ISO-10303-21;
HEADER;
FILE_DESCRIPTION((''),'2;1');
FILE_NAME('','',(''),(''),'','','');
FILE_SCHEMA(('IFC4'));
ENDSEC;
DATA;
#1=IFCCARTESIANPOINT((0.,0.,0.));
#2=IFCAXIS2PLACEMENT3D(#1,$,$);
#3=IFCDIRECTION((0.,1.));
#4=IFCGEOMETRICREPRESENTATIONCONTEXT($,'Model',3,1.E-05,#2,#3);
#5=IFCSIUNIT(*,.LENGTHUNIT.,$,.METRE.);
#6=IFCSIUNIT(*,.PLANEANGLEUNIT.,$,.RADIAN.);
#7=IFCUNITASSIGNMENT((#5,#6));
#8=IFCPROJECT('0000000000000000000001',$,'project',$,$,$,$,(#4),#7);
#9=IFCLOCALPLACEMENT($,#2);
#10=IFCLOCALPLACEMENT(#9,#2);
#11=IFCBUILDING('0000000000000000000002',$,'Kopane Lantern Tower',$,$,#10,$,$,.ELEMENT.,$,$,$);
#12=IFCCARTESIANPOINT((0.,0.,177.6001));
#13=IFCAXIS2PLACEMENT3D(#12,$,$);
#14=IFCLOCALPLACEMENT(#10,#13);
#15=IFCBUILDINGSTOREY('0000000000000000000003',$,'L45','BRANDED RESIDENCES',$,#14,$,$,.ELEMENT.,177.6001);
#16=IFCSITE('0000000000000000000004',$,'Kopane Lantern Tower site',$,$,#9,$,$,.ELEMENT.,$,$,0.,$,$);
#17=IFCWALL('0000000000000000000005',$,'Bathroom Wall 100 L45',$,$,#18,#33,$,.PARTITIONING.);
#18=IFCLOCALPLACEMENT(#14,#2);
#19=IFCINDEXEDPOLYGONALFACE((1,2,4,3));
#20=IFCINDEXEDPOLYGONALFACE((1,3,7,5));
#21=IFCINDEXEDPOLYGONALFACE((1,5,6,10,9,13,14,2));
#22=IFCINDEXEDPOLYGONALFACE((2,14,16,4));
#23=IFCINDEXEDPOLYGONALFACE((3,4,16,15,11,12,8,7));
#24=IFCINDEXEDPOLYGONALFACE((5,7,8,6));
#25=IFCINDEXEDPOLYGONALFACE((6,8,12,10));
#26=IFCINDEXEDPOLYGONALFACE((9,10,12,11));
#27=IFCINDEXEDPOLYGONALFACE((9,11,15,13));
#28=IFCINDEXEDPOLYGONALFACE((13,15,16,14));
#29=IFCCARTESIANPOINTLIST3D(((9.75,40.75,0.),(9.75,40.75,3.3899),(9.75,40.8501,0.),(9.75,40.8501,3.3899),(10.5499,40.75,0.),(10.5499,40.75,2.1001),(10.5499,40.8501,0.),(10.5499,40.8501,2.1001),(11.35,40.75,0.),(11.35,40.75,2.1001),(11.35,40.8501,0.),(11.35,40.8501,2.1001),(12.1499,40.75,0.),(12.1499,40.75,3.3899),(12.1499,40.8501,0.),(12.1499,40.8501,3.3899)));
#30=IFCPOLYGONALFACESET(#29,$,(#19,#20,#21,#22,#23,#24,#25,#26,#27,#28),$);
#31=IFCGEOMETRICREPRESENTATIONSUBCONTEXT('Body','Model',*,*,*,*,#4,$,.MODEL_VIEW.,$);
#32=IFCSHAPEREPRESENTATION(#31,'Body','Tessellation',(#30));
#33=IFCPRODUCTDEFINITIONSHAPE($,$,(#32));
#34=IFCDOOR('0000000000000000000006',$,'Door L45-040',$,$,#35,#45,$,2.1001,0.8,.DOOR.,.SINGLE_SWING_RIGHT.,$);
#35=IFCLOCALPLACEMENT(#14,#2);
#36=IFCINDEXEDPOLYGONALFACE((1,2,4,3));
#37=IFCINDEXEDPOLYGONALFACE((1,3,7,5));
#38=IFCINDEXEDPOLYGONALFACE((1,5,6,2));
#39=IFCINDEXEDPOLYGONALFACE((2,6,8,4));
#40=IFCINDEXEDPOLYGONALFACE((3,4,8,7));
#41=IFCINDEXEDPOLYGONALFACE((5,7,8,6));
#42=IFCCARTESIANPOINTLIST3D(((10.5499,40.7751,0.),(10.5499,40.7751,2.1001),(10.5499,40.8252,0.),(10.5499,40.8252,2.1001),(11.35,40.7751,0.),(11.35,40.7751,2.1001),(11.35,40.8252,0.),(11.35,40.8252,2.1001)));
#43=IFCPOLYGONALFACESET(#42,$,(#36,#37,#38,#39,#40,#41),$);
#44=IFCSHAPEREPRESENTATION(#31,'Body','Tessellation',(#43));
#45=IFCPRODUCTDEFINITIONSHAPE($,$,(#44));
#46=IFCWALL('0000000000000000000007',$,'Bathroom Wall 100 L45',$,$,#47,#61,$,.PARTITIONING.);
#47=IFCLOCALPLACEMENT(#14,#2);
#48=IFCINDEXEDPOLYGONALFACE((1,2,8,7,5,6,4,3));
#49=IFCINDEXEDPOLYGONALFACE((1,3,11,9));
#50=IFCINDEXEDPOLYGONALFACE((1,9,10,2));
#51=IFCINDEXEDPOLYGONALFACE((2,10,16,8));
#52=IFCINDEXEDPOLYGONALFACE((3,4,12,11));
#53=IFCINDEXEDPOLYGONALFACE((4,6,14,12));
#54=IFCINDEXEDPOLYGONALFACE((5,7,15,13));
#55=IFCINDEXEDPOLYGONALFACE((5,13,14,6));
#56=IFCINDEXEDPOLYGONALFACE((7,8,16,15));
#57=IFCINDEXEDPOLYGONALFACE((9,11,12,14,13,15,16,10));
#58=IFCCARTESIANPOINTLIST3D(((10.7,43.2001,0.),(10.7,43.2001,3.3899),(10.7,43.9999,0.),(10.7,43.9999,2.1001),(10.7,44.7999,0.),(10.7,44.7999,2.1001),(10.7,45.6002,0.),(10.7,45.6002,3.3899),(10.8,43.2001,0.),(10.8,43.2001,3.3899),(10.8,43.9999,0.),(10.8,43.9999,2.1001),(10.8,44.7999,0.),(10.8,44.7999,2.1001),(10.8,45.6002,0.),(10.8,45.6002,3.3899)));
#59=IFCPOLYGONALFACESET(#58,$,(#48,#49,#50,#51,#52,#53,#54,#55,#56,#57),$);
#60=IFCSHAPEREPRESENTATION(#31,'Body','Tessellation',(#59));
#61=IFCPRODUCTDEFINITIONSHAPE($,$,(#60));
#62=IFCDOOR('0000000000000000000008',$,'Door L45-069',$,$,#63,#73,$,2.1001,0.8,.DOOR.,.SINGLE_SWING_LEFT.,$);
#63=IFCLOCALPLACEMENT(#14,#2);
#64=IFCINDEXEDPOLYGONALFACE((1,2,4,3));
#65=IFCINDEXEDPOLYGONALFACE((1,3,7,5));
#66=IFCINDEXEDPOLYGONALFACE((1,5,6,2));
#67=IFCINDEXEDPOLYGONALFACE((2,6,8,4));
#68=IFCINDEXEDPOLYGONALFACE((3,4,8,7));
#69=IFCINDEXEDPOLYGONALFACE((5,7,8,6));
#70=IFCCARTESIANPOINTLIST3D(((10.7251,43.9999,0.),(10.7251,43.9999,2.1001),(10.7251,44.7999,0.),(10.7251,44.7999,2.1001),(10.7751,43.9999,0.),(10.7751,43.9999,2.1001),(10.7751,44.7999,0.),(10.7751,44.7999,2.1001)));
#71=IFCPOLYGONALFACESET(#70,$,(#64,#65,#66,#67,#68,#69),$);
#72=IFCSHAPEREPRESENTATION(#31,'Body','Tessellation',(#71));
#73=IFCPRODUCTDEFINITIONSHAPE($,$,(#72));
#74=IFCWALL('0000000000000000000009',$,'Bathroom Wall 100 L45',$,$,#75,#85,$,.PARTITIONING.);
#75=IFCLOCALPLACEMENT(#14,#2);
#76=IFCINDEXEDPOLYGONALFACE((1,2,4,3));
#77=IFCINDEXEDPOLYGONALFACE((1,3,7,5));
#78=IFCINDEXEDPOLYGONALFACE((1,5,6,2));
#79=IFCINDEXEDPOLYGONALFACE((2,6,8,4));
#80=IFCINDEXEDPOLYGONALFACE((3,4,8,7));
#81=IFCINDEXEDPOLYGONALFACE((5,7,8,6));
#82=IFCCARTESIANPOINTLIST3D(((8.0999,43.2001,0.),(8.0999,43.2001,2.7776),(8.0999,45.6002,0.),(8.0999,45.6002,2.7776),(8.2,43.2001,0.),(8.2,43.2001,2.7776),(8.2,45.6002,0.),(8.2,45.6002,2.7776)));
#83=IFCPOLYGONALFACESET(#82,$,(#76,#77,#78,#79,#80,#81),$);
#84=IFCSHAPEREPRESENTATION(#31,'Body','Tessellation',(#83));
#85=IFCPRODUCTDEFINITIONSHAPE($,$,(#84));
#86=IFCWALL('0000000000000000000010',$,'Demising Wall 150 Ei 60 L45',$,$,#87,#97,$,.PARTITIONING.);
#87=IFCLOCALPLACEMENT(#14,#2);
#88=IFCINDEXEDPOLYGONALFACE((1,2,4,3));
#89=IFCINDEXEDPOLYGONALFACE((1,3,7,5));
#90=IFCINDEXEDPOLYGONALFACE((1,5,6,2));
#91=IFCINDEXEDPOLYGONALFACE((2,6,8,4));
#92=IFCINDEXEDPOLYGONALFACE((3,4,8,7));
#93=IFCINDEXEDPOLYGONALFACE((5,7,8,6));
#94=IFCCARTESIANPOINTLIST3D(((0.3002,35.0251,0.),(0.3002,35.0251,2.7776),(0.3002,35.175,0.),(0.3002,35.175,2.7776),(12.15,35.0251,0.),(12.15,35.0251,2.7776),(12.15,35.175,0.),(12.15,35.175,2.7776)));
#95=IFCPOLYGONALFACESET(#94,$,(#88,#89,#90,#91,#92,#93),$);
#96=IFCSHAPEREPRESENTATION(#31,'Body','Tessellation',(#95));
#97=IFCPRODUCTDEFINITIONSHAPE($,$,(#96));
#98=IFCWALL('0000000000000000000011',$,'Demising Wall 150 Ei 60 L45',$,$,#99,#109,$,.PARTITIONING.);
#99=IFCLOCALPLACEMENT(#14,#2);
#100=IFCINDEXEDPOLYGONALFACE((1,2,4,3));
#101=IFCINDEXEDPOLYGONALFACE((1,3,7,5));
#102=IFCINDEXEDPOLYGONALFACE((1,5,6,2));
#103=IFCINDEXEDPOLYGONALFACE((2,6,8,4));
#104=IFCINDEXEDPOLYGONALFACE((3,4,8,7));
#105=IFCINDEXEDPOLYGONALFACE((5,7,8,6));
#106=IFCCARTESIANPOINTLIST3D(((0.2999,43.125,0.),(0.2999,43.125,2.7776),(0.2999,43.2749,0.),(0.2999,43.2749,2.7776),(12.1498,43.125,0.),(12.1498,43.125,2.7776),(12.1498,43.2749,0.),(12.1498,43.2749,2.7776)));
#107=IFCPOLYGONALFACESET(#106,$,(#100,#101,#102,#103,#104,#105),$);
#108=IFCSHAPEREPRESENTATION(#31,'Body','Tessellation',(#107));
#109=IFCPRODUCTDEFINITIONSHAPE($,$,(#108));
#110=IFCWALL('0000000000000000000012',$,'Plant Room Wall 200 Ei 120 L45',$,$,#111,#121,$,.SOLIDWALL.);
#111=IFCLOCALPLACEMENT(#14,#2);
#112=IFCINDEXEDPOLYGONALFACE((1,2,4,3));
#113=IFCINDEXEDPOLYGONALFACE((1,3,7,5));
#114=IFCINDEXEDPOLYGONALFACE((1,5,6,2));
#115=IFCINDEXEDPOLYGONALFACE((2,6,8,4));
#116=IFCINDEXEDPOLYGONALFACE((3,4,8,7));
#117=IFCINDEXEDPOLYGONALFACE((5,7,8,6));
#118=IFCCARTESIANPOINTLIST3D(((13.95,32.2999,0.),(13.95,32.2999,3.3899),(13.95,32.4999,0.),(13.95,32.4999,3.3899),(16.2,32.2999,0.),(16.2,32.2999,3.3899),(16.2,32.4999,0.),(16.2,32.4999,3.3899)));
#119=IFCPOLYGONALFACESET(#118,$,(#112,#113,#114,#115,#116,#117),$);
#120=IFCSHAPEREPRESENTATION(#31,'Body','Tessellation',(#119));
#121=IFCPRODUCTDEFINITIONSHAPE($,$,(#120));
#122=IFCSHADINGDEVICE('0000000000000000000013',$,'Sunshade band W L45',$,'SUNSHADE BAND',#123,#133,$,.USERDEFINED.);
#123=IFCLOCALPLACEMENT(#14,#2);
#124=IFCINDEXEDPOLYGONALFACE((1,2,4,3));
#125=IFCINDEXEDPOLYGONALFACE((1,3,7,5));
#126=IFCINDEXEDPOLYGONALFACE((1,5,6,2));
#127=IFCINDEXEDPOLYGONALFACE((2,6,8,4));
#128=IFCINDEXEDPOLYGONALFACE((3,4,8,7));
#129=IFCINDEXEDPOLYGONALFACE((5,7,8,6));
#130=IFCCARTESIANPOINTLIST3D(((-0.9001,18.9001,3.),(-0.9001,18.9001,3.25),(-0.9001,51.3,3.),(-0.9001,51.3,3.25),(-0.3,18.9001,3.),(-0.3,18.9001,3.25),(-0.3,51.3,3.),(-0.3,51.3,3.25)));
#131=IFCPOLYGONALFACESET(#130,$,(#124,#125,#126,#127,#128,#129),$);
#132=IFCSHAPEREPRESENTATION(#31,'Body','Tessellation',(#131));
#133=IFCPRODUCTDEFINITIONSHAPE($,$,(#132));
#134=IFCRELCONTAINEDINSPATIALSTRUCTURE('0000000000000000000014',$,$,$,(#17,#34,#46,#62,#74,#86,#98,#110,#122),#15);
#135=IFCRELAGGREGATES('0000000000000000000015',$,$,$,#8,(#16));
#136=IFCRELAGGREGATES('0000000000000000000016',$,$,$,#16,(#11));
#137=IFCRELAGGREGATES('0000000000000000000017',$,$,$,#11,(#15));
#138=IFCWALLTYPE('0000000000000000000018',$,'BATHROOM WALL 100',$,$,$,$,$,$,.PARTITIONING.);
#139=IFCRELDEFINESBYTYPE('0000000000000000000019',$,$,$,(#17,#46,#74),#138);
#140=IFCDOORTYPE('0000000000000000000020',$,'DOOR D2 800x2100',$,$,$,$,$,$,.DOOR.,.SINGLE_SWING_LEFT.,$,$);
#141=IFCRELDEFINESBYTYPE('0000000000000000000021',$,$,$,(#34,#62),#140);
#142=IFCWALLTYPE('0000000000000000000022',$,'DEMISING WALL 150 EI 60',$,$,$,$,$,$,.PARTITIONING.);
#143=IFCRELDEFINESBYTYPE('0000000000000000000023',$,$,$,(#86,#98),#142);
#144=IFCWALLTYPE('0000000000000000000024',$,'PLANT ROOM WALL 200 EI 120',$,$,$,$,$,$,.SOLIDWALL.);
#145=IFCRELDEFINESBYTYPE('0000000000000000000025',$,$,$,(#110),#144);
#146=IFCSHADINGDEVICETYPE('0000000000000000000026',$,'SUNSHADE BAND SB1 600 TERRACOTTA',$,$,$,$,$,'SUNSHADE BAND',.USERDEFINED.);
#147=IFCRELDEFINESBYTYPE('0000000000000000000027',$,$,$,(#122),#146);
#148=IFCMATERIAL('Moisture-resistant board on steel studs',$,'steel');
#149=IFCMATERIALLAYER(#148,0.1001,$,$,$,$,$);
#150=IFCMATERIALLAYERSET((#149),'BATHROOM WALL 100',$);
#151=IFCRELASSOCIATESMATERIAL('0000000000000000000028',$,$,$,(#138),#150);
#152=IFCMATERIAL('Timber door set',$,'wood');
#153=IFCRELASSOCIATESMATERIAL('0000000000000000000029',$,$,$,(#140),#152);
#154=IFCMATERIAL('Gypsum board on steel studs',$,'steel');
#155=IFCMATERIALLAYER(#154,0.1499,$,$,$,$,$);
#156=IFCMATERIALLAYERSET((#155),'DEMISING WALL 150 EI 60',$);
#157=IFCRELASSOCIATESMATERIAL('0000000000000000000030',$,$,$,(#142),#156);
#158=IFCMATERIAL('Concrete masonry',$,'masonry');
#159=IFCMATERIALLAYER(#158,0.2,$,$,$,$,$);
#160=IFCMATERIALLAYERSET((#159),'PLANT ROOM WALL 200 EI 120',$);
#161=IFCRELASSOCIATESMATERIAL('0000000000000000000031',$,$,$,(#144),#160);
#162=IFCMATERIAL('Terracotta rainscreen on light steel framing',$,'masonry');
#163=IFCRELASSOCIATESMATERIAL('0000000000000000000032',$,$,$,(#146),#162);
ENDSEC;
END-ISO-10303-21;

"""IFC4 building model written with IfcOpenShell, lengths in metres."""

from ifc_helpers import new_model, si_unit, direction, frame, frame_2d, origin, origin_2d, place, context, subcontext, project, spatial, rectangle, extrude, material, layer, layer_set, type_object, element, fill, save


model = new_model("IFC4")

# Units and contexts
model_context = context("Model", 3, precision=1e-05, world=origin(), true_north=direction((0.0, 1.0)))
body_context = subcontext(model_context, "Body", "Model", "MODEL_VIEW")
ifc_project = project(units=[si_unit("LENGTHUNIT", "METRE"), si_unit("PLANEANGLEUNIT", "RADIAN")], contexts=[model_context])

# Site, building, storey
site_placement = place(None, origin())
site = spatial("IfcSite", under=ifc_project, at=site_placement, Name="Kopane Lantern Tower site", CompositionType="ELEMENT", RefElevation=0.0)
building_placement = place(site_placement, origin())
building = spatial("IfcBuilding", under=site, at=building_placement, Name="Kopane Lantern Tower", CompositionType="ELEMENT")
storey_placement = place(building_placement, frame((0.0, 0.0, 177.6001)))
storey = spatial("IfcBuildingStorey", under=building, at=storey_placement, Name="L45", Description="BRANDED RESIDENCES", CompositionType="ELEMENT", Elevation=177.6001)

# Walls, openings, doors
ifc_material_1 = material(Name="Moisture-resistant board on steel studs", Category="steel")
ifc_layer_1 = layer(ifc_material_1, 0.1001)
ifc_layer_set_1 = layer_set([ifc_layer_1], Name="BATHROOM WALL 100")
wall_type_1 = type_object("IfcWallType", Name="BATHROOM WALL 100", PredefinedType="PARTITIONING", material=ifc_layer_set_1)
ifc_material_2 = material(Name="Timber door set", Category="wood")
door_type = type_object("IfcDoorType", Name="DOOR D2 800x2100", OperationType="SINGLE_SWING_LEFT", PredefinedType="DOOR", material=ifc_material_2)
wall_1_placement = place(storey_placement, frame((12.1499, 40.8, 0.0), z_axis=(0.0, 0.0, 1.0), x_axis=(-1.0, 0.0, 0.0)))
wall_1 = element("IfcWall", 1, at=wall_1_placement, inside=storey, type_object=wall_type_1, Name="Bathroom Wall 100 L45", PredefinedType="PARTITIONING", context=body_context, shape_type="SweptSolid", body=[
    extrude(rectangle(XDim=2.3999, YDim=0.1001, at=frame_2d((1.2, 0.0))), origin(), (0.0, 0.0, 1.0), 3.3899),
])
opening_1_placement = place(wall_1_placement, frame((0.8, 0.0, 0.0)))
opening_1 = element("IfcOpeningElement", 2, at=opening_1_placement, cuts=wall_1, PredefinedType="OPENING", context=body_context, shape_type="SweptSolid", body=[
    extrude(rectangle(XDim=0.8, YDim=2.1001, at=frame_2d((0.3999, 1.05))), frame((0.0, 0.0601, 0.0), z_axis=(0.0, -1.0, 0.0), x_axis=(1.0, 0.0, 0.0)), (0.0, 0.0, 1.0), 0.1201),
])
door_1_placement = place(opening_1_placement, origin())
door_1 = element("IfcDoor", 3, at=door_1_placement, inside=storey, type_object=door_type, Name="Door L45-040", OperationType="SINGLE_SWING_RIGHT", OverallHeight=2.1001, OverallWidth=0.8, PredefinedType="DOOR", context=body_context, shape_type="SweptSolid", body=[
    extrude(rectangle(XDim=0.8, YDim=2.1001, at=frame_2d((0.3999, 1.05))), frame((0.0, 0.0249, 0.0), z_axis=(0.0, -1.0, 0.0), x_axis=(1.0, 0.0, 0.0)), (0.0, 0.0, 1.0), 0.05),
])
fill(opening_1, door_1)
wall_2_placement = place(storey_placement, frame((10.75, 43.2, 0.0), z_axis=(0.0, 0.0, 1.0), x_axis=(0.0, 1.0, 0.0)))
wall_2 = element("IfcWall", 4, at=wall_2_placement, inside=storey, type_object=wall_type_1, Name="Bathroom Wall 100 L45", PredefinedType="PARTITIONING", context=body_context, shape_type="SweptSolid", body=[
    extrude(rectangle(XDim=2.4001, YDim=0.1001, at=frame_2d((1.2002, 0.0))), origin(), (0.0, 0.0, 1.0), 3.3899),
])
opening_2_placement = place(wall_2_placement, frame((0.8, 0.0, 0.0)))
opening_2 = element("IfcOpeningElement", 5, at=opening_2_placement, cuts=wall_2, PredefinedType="OPENING", context=body_context, shape_type="SweptSolid", body=[
    extrude(rectangle(XDim=0.8, YDim=2.1001, at=frame_2d((0.3999, 1.05))), frame((0.0, 0.0601, 0.0), z_axis=(0.0, -1.0, 0.0), x_axis=(1.0, 0.0, 0.0)), (0.0, 0.0, 1.0), 0.1201),
])
door_2_placement = place(opening_2_placement, origin())
door_2 = element("IfcDoor", 6, at=door_2_placement, inside=storey, type_object=door_type, Name="Door L45-069", OperationType="SINGLE_SWING_LEFT", OverallHeight=2.1001, OverallWidth=0.8, PredefinedType="DOOR", context=body_context, shape_type="SweptSolid", body=[
    extrude(rectangle(XDim=0.8, YDim=2.1001, at=frame_2d((0.3999, 1.05))), frame((0.0, 0.0249, 0.0), z_axis=(0.0, -1.0, 0.0), x_axis=(1.0, 0.0, 0.0)), (0.0, 0.0, 1.0), 0.05),
])
fill(opening_2, door_2)

# Walls
wall_3_placement = place(storey_placement, frame((8.1499, 43.2, 0.0), z_axis=(0.0, 0.0, 1.0), x_axis=(0.0, 1.0, 0.0)))
element("IfcWall", 7, at=wall_3_placement, inside=storey, type_object=wall_type_1, Name="Bathroom Wall 100 L45", PredefinedType="PARTITIONING", context=body_context, shape_type="SweptSolid", body=[
    extrude(rectangle(XDim=2.4001, YDim=0.1001, at=frame_2d((1.2002, 0.0))), origin(), (0.0, 0.0, 1.0), 2.7776),
])
ifc_material_3 = material(Name="Gypsum board on steel studs", Category="steel")
ifc_layer_2 = layer(ifc_material_3, 0.1499)
ifc_layer_set_2 = layer_set([ifc_layer_2], Name="DEMISING WALL 150 EI 60")
wall_type_2 = type_object("IfcWallType", Name="DEMISING WALL 150 EI 60", PredefinedType="PARTITIONING", material=ifc_layer_set_2)
for number, where, z_axis, x_axis, name in (
    (8, (12.1499, 35.1001, 0.0), (0.0, 0.0, 1.0), (-1.0, 0.0, 0.0), "Demising Wall 150 Ei 60 L45"),
    (9, (0.3, 43.2, 0.0), (0.0, 0.0, 1.0), (1.0, 0.0, 0.0), "Demising Wall 150 Ei 60 L45"),
):
    element("IfcWall", number, at=place(storey_placement, frame(where, z_axis=z_axis, x_axis=x_axis)), inside=storey, type_object=wall_type_2, Name=name, PredefinedType="PARTITIONING", context=body_context, shape_type="SweptSolid", body=[
        extrude(rectangle(XDim=11.8499, YDim=0.1499, at=frame_2d((5.9248, 0.0))), origin(), (0.0, 0.0, 1.0), 2.7776),
    ])
ifc_material_4 = material(Name="Concrete masonry", Category="masonry")
ifc_layer_3 = layer(ifc_material_4, 0.2)
ifc_layer_set_3 = layer_set([ifc_layer_3], Name="PLANT ROOM WALL 200 EI 120")
wall_type_3 = type_object("IfcWallType", Name="PLANT ROOM WALL 200 EI 120", PredefinedType="SOLIDWALL", material=ifc_layer_set_3)
wall_4_placement = place(storey_placement, frame((13.95, 32.3999, 0.0), z_axis=(0.0, 0.0, 1.0), x_axis=(1.0, 0.0, 0.0)))
element("IfcWall", 10, at=wall_4_placement, inside=storey, type_object=wall_type_3, Name="Plant Room Wall 200 Ei 120 L45", PredefinedType="SOLIDWALL", context=body_context, shape_type="SweptSolid", body=[
    extrude(rectangle(XDim=2.25, YDim=0.2, at=frame_2d((1.125, 0.0))), origin(), (0.0, 0.0, 1.0), 3.3899),
])

# Shading device
ifc_material_5 = material(Name="Terracotta rainscreen on light steel framing", Category="masonry")
shading_device_type = type_object("IfcShadingDeviceType", Name="SUNSHADE BAND SB1 600 TERRACOTTA", ElementType="SUNSHADE BAND", PredefinedType="USERDEFINED", material=ifc_material_5)
shading_device_placement = place(storey_placement, frame((-0.6001, 35.1001, 3.0), z_axis=(0.0, 0.0, 1.0), x_axis=(0.0, -1.0, 0.0)))
element("IfcShadingDevice", 11, at=shading_device_placement, inside=storey, type_object=shading_device_type, Name="Sunshade band W L45", ObjectType="SUNSHADE BAND", PredefinedType="USERDEFINED", context=body_context, shape_type="SweptSolid", body=[
    extrude(rectangle(XDim=32.3999, YDim=0.6001, at=origin_2d()), origin(), (0.0, 0.0, 1.0), 0.25),
])

save(model, "model.ifc")
